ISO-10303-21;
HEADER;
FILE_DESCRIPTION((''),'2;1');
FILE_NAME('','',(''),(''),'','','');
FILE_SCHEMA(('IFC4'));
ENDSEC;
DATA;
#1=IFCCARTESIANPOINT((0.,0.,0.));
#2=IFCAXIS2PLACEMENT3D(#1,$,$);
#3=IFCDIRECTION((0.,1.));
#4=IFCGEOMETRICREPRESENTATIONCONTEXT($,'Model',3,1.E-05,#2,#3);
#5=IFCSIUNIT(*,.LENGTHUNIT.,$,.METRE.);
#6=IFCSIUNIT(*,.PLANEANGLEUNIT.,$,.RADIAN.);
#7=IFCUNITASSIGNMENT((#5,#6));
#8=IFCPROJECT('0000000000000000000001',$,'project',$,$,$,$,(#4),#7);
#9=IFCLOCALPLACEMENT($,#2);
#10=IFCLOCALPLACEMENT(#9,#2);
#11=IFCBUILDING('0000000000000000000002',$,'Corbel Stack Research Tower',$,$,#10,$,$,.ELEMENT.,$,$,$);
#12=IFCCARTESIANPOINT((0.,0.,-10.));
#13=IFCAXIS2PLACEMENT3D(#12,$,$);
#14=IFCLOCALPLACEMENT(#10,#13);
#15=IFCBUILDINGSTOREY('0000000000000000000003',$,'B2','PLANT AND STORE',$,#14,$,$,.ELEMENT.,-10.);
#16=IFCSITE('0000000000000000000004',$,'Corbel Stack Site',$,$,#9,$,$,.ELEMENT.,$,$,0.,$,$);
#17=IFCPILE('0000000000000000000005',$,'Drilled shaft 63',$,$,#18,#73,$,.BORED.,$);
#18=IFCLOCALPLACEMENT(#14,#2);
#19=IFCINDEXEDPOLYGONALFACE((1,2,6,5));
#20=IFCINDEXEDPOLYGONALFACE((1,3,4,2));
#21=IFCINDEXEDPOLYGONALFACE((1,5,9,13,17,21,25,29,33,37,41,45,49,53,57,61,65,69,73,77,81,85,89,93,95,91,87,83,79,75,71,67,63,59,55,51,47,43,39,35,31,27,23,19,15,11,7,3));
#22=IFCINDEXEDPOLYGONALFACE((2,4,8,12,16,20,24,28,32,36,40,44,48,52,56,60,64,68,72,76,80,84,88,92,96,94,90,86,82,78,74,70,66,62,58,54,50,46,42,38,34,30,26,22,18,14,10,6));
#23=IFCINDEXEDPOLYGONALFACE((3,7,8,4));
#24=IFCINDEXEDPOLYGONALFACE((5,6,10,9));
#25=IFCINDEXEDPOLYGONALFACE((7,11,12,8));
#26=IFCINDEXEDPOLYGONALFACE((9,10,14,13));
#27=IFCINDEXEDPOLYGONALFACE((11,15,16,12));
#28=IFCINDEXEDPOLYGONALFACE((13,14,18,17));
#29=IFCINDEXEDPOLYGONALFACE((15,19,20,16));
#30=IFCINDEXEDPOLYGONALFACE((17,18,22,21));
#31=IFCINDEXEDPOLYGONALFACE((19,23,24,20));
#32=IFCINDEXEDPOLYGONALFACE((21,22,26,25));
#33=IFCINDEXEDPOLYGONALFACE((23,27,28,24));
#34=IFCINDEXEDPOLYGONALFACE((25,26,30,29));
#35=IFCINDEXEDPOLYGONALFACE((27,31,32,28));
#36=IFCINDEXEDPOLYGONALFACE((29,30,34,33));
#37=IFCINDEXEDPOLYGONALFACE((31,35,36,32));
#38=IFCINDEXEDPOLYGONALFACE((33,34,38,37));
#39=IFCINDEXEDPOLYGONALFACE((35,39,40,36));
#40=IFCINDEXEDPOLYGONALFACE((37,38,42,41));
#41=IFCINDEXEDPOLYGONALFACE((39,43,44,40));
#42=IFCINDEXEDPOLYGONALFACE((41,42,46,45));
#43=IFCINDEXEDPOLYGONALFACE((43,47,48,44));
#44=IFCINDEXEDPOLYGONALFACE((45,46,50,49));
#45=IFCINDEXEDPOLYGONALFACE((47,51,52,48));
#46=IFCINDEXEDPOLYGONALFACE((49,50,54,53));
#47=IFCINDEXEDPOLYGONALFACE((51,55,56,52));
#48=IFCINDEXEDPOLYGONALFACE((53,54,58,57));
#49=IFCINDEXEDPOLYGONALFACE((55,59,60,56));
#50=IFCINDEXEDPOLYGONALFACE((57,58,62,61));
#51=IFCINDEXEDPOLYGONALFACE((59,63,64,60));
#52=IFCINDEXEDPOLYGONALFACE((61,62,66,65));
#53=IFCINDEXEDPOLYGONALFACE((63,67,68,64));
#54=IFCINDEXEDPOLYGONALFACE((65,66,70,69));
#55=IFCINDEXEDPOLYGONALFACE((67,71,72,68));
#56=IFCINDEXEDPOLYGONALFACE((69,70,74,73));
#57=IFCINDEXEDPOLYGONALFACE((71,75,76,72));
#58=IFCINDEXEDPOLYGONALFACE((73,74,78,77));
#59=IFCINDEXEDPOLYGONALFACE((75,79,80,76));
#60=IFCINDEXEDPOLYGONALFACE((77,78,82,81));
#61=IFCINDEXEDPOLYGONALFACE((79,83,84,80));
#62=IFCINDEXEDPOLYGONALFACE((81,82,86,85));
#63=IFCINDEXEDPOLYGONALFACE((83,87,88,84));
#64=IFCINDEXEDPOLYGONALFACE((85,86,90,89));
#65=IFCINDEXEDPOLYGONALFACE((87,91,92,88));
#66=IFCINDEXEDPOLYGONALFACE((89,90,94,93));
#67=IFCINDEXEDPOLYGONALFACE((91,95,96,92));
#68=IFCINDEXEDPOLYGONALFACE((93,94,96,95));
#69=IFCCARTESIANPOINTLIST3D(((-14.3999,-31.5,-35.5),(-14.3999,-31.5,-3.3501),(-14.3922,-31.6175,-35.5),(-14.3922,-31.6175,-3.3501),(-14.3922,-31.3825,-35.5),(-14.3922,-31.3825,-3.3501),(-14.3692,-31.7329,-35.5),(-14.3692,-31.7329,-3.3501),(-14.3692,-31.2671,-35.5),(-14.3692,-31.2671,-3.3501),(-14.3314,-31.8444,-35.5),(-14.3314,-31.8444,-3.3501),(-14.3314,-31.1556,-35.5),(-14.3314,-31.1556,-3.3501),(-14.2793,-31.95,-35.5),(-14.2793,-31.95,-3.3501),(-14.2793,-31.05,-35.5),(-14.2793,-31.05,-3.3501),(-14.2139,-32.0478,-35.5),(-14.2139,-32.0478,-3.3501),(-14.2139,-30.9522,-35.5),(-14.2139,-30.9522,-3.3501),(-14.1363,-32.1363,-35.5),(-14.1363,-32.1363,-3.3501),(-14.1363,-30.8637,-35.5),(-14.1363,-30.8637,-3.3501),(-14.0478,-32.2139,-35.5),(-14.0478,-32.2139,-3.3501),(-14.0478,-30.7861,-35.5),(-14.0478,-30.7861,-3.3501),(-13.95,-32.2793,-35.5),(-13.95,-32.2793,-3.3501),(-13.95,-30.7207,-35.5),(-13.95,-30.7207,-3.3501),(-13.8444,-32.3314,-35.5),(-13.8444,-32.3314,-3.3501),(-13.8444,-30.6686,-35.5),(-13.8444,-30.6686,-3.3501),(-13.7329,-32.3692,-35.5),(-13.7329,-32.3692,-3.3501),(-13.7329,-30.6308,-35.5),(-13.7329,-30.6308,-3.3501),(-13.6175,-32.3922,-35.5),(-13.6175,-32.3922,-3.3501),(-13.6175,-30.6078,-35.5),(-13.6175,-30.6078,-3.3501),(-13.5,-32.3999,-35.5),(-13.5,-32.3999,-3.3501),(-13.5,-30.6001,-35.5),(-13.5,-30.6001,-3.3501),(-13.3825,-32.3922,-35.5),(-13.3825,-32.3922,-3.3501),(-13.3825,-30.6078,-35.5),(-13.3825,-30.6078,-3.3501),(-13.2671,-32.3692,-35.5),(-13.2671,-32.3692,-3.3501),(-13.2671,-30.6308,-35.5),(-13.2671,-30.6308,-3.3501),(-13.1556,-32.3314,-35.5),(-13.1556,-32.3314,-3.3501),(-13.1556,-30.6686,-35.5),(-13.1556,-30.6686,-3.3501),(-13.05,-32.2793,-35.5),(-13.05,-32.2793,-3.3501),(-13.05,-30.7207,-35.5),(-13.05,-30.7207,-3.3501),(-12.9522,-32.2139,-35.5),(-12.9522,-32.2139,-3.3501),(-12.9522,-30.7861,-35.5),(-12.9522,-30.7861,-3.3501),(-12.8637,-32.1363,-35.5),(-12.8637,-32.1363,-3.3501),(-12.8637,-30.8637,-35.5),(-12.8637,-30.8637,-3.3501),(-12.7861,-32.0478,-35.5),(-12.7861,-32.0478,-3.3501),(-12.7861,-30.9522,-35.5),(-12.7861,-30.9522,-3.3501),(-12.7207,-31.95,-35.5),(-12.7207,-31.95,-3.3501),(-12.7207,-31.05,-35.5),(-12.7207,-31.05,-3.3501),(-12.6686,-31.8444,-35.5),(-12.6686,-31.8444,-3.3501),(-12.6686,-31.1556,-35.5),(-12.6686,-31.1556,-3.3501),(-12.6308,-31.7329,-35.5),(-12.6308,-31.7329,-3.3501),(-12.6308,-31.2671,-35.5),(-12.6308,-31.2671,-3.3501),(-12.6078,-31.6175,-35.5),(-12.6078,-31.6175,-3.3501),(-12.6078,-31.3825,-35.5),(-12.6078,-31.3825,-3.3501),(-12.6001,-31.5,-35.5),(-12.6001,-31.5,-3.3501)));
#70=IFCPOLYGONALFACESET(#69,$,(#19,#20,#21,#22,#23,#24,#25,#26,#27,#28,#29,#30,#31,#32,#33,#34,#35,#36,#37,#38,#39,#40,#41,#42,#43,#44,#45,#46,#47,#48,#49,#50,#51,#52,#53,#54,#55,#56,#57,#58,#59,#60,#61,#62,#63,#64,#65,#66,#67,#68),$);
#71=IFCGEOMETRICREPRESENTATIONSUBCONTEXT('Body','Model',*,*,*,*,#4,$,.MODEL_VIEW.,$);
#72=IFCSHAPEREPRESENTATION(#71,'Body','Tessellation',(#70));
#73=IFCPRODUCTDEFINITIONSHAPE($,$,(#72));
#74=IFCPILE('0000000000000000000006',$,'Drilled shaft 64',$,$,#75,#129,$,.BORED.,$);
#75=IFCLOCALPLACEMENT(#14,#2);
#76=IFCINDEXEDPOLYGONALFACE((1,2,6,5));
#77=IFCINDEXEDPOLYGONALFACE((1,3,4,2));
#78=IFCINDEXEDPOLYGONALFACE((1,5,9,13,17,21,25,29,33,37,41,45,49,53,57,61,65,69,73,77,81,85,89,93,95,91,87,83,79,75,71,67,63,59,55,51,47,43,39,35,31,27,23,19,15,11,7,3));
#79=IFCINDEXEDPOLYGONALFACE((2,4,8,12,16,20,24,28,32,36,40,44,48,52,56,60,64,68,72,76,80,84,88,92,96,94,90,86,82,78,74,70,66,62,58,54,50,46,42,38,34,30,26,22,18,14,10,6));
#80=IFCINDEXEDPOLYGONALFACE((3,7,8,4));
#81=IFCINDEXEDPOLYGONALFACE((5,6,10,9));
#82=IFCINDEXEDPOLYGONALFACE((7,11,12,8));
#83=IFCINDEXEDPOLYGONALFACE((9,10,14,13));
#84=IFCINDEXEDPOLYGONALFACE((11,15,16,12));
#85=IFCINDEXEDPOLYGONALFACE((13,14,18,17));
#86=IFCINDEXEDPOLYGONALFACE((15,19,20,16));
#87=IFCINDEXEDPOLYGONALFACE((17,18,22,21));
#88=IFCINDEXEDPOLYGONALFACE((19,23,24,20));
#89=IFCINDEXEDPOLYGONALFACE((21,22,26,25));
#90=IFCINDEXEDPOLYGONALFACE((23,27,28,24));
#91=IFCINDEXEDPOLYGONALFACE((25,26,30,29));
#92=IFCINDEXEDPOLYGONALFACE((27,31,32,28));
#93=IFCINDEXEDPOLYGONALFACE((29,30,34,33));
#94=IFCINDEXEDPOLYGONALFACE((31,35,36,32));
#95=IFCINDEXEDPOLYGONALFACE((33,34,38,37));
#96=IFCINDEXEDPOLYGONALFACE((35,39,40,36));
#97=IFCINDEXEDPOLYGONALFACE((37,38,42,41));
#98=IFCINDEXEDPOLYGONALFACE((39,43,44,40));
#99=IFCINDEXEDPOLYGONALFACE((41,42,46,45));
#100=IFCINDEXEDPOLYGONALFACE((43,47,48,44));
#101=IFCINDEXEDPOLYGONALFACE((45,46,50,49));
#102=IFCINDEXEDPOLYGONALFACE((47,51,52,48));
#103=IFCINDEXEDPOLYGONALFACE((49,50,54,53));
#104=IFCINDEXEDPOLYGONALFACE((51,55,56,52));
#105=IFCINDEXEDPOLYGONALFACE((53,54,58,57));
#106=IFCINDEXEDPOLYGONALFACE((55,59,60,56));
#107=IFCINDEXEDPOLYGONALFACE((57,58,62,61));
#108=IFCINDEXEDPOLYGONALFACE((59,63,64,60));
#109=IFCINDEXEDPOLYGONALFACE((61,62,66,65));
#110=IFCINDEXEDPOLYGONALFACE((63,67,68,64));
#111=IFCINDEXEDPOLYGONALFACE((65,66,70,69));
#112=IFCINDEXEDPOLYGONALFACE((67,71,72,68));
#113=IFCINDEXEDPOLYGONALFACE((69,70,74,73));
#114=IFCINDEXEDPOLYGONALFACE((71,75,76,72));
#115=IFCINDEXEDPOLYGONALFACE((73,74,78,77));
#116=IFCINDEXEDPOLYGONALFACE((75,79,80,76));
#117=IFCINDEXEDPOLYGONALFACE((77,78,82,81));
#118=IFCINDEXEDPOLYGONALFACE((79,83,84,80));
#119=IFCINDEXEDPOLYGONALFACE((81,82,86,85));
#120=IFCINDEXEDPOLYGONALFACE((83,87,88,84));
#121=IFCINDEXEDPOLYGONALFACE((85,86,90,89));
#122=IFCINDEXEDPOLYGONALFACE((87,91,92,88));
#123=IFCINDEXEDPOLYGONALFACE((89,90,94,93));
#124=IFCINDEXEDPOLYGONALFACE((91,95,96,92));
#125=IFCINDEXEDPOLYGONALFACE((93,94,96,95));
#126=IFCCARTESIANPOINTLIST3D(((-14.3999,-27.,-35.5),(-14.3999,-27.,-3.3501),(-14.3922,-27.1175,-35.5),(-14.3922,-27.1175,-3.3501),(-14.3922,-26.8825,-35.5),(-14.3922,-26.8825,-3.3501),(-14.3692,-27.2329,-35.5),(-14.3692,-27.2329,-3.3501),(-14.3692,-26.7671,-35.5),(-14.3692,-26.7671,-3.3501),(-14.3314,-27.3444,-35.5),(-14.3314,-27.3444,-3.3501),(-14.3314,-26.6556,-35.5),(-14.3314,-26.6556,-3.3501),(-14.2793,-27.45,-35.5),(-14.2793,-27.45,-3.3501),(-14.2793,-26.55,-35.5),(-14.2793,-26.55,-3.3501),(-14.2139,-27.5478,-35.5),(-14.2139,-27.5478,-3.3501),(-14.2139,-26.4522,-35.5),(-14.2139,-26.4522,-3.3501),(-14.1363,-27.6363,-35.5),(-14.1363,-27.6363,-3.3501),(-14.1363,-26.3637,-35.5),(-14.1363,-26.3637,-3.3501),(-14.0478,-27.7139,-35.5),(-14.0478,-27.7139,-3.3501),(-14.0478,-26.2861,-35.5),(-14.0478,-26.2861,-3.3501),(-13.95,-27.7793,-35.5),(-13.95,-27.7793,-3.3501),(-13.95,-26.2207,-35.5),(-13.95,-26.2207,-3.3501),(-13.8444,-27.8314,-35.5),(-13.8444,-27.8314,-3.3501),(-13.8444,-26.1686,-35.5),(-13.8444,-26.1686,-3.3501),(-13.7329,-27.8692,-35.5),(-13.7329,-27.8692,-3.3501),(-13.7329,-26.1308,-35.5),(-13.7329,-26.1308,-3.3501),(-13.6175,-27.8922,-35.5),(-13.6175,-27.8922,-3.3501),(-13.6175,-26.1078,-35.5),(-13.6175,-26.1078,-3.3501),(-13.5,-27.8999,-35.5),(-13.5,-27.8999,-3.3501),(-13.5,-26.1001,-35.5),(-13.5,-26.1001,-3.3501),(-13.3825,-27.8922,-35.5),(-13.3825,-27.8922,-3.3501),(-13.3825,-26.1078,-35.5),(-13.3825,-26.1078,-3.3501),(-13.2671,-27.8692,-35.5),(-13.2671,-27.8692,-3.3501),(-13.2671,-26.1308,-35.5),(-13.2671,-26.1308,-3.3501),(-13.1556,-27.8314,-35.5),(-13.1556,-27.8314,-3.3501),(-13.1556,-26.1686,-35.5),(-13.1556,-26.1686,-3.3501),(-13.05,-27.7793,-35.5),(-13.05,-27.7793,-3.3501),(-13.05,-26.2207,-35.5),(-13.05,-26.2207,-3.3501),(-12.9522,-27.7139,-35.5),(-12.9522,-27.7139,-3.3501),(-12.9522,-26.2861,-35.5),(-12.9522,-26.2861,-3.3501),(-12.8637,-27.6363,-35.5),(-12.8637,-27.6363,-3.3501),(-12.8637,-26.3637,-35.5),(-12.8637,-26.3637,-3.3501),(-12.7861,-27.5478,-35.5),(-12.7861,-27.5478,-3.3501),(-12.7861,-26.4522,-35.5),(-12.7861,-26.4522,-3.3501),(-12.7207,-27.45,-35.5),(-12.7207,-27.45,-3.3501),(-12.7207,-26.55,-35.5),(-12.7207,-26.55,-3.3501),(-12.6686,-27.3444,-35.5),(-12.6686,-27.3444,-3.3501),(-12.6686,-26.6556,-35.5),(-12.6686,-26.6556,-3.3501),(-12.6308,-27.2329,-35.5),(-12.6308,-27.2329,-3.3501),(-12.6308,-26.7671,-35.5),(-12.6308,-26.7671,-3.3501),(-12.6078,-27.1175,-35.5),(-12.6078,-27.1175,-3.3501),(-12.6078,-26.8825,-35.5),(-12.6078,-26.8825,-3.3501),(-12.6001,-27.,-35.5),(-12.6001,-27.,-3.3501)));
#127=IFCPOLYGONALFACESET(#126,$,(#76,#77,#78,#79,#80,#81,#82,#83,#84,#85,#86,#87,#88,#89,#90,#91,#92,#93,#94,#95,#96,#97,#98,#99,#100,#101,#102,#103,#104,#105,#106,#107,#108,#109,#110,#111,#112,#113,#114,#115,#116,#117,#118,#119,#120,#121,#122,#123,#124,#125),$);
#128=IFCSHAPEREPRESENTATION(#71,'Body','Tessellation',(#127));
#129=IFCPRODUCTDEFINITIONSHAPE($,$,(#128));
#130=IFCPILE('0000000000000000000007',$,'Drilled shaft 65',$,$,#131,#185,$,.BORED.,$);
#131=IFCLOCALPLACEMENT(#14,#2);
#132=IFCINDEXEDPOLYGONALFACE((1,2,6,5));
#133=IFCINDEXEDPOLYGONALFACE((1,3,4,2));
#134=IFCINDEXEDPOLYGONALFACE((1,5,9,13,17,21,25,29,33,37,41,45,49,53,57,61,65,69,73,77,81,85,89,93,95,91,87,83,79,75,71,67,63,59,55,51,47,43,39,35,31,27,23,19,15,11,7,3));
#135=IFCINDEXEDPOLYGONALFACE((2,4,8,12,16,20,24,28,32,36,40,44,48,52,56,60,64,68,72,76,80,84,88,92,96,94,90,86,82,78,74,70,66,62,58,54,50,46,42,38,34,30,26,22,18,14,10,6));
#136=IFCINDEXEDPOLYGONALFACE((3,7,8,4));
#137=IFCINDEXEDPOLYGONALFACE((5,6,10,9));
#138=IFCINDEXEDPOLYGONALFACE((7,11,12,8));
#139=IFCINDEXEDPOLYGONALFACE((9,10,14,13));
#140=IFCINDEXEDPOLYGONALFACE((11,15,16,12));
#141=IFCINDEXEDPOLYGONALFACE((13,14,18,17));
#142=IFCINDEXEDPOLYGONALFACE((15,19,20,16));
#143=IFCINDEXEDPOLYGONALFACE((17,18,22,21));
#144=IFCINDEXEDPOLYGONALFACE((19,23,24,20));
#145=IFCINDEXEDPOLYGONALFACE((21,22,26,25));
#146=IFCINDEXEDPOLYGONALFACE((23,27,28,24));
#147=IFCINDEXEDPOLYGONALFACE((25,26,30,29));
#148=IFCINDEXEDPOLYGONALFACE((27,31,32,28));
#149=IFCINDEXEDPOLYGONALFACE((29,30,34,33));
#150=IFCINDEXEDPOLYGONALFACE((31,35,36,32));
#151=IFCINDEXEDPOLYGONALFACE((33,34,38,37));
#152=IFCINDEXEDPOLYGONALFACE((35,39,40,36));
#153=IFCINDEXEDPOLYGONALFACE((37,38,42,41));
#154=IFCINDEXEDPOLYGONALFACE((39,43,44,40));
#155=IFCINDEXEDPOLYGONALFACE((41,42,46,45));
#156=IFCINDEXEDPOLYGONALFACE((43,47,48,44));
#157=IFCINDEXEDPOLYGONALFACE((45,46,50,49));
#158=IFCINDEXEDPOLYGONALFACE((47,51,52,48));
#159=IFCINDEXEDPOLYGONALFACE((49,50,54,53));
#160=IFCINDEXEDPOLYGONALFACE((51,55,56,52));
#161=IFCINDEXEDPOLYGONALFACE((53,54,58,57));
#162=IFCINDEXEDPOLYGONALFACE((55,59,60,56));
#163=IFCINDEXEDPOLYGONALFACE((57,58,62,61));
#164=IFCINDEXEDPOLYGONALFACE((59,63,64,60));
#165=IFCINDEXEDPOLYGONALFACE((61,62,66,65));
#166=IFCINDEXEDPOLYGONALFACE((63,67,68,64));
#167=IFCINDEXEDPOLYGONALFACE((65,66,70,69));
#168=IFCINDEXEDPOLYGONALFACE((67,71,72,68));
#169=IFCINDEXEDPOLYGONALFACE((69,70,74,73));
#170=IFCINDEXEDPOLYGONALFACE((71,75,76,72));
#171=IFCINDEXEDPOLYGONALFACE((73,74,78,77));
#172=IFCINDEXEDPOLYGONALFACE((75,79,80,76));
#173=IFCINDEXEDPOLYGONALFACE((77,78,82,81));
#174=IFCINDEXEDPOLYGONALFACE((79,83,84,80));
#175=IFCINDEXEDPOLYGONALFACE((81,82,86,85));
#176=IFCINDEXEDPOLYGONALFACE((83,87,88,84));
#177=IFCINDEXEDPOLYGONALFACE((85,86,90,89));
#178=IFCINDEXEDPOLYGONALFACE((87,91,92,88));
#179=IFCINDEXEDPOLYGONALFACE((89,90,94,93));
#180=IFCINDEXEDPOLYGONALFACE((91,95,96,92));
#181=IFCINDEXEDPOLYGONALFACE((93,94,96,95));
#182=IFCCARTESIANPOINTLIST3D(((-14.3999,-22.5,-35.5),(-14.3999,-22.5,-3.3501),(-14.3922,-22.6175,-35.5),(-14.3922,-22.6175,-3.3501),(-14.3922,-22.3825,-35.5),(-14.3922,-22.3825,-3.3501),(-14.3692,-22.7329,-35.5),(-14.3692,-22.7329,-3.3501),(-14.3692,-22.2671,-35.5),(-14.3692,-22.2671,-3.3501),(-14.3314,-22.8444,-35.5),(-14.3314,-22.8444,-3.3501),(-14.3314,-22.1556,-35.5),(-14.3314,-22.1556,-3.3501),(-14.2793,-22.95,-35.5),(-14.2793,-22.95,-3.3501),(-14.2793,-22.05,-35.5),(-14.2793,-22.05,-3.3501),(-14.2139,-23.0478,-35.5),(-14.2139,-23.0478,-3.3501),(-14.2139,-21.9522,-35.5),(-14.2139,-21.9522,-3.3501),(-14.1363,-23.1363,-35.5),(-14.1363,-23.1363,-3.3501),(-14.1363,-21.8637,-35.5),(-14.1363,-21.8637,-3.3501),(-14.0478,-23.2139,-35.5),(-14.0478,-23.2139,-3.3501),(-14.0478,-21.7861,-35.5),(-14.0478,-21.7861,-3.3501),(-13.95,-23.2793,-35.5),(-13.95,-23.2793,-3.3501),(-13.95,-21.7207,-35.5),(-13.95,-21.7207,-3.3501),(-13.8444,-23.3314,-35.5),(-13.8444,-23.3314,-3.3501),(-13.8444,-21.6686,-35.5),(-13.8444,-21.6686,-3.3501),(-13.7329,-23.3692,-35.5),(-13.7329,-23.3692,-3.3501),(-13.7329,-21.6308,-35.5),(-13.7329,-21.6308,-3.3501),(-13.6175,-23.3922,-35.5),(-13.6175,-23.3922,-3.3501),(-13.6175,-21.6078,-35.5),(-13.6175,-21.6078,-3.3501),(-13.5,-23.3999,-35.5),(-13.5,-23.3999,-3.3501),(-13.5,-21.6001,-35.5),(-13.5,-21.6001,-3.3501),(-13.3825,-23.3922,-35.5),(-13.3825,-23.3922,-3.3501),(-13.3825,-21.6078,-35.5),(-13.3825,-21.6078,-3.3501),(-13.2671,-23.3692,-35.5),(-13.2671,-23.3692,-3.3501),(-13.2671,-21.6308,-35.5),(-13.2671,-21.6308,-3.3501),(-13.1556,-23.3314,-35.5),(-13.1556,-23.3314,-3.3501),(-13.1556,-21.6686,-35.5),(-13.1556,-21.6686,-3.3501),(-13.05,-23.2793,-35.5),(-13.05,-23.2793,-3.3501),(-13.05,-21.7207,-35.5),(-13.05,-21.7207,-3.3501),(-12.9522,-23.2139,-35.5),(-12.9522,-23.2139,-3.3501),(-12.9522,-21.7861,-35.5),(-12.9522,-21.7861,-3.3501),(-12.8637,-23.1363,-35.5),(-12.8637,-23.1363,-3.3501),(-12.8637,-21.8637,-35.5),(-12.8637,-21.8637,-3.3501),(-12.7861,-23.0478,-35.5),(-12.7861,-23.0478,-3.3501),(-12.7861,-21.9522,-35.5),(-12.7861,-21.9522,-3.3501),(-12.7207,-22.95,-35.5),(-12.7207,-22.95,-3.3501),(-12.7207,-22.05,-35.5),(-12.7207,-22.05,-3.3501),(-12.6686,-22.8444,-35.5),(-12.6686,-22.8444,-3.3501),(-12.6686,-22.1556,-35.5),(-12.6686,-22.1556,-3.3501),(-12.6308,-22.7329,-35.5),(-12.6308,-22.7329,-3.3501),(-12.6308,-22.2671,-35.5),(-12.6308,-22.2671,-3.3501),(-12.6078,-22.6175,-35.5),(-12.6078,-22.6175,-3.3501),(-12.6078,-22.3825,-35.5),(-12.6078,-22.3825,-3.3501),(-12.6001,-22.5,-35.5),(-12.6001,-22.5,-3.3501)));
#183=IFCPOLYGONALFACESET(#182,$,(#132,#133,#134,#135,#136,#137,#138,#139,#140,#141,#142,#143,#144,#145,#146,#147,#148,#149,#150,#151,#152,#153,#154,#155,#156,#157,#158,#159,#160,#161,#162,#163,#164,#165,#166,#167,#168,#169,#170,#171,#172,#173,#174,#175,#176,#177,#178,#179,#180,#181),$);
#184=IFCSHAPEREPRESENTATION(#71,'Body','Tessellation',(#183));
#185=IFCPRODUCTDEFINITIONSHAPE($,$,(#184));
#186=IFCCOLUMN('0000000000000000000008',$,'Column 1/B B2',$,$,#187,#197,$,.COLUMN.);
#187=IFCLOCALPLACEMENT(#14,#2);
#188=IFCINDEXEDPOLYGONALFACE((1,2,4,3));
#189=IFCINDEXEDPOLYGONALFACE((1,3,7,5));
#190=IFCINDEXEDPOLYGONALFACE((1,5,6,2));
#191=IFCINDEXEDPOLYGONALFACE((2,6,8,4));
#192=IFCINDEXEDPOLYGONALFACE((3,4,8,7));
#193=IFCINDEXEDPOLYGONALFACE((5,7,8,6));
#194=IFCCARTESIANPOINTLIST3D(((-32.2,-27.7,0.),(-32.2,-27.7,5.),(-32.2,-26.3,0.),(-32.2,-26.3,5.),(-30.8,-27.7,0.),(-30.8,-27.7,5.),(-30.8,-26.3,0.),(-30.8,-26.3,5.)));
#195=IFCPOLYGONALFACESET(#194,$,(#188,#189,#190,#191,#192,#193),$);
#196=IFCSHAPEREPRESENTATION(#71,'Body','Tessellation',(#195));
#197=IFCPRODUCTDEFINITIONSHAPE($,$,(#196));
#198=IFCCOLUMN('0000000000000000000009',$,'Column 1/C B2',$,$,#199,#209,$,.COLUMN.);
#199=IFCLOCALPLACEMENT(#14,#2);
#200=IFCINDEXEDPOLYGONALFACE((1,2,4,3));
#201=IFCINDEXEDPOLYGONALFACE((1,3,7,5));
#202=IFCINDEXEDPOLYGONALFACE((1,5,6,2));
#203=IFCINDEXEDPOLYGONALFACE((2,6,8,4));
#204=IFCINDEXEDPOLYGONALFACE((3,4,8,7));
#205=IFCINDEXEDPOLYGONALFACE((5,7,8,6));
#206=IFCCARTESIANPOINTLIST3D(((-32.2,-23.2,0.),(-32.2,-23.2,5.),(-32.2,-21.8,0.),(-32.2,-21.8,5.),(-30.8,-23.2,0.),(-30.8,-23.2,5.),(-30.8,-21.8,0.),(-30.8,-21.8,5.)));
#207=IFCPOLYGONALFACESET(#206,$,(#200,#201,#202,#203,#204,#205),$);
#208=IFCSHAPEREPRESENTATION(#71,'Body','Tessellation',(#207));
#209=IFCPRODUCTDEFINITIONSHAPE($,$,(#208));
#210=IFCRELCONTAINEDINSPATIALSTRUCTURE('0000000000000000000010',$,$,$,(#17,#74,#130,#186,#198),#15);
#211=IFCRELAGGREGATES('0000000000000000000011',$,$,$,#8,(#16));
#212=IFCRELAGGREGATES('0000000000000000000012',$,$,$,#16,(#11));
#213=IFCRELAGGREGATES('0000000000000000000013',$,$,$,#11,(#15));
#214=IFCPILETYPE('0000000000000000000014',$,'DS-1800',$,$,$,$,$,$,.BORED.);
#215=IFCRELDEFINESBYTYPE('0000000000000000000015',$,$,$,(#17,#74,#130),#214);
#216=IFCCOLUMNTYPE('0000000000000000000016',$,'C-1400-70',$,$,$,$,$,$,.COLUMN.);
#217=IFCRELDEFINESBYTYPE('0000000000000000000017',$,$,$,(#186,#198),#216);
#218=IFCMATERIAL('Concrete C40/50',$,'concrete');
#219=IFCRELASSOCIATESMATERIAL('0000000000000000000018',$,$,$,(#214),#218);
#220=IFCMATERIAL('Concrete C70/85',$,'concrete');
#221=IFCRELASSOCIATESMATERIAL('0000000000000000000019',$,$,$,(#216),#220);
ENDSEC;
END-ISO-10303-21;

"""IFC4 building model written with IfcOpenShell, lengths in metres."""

from ifc_helpers import new_model, si_unit, direction, frame, origin, origin_2d, place, context, subcontext, project, spatial, rectangle, circle, extrude, material, material_profile, profile_set, type_object, element, save


model = new_model("IFC4")

# Units and contexts
model_context = context("Model", 3, precision=1e-05, world=origin(), true_north=direction((0.0, 1.0)))
body_context = subcontext(model_context, "Body", "Model", "MODEL_VIEW")
ifc_project = project(units=[si_unit("LENGTHUNIT", "METRE"), si_unit("PLANEANGLEUNIT", "RADIAN")], contexts=[model_context])

# Site, building, storey
site_placement = place(None, origin())
site = spatial("IfcSite", under=ifc_project, at=site_placement, Name="Corbel Stack Site", CompositionType="ELEMENT", RefElevation=0.0)
building_placement = place(site_placement, origin())
building = spatial("IfcBuilding", under=site, at=building_placement, Name="Corbel Stack Research Tower", CompositionType="ELEMENT")
storey_placement = place(building_placement, frame((0.0, 0.0, -10.0)))
storey = spatial("IfcBuildingStorey", under=building, at=storey_placement, Name="B2", Description="PLANT AND STORE", CompositionType="ELEMENT", Elevation=-10.0)

# Piles
ifc_material_1 = material(Name="Concrete C40/50", Category="concrete")
ifc_material_profile_1 = material_profile(ifc_material_1, circle(Radius=0.8999, at=origin_2d()), Name="Shaft 1800")
ifc_profile_set_1 = profile_set([ifc_material_profile_1], Name="Concrete C40/50")
pile_type = type_object("IfcPileType", Name="DS-1800", PredefinedType="BORED", material=ifc_profile_set_1)
for number, where, z_axis, x_axis, name in (
    (1, (-13.5, -31.5, -3.3501), (0.0, 0.0, -1.0), (1.0, 0.0, 0.0), "Drilled shaft 63"),
    (2, (-13.5, -27.0, -3.3501), (0.0, 0.0, -1.0), (1.0, 0.0, 0.0), "Drilled shaft 64"),
    (3, (-13.5, -22.5, -3.3501), (0.0, 0.0, -1.0), (1.0, 0.0, 0.0), "Drilled shaft 65"),
):
    element("IfcPile", number, at=place(storey_placement, frame(where, z_axis=z_axis, x_axis=x_axis)), inside=storey, type_object=pile_type, Name=name, PredefinedType="BORED", context=body_context, shape_type="SweptSolid", body=[
        extrude(circle(Radius=0.8999, at=origin_2d()), origin(), (0.0, 0.0, 1.0), 32.1499),
    ])

# Columns
ifc_material_2 = material(Name="Concrete C70/85", Category="concrete")
ifc_material_profile_2 = material_profile(ifc_material_2, rectangle(XDim=1.3999, YDim=1.3999, at=origin_2d()), Name="RC 1400 x 1400")
ifc_profile_set_2 = profile_set([ifc_material_profile_2], Name="Concrete C70/85")
column_type_1 = type_object("IfcColumnType", Name="C-1400-70", PredefinedType="COLUMN", material=ifc_profile_set_2)
for number, where, z_axis, x_axis, name in (
    (4, (-31.5, -27.0, 0.0), (0.0, 0.0, 1.0), (1.0, 0.0, 0.0), "Column 1/B B2"),
    (5, (-31.5, -22.5, 0.0), (0.0, 0.0, 1.0), (1.0, 0.0, 0.0), "Column 1/C B2"),
):
    element("IfcColumn", number, at=place(storey_placement, frame(where, z_axis=z_axis, x_axis=x_axis)), inside=storey, type_object=column_type_1, Name=name, PredefinedType="COLUMN", context=body_context, shape_type="SweptSolid", body=[
        extrude(rectangle(XDim=1.3999, YDim=1.3999, at=origin_2d()), origin(), (0.0, 0.0, 1.0), 5.0),
    ])

save(model, "model.ifc")
